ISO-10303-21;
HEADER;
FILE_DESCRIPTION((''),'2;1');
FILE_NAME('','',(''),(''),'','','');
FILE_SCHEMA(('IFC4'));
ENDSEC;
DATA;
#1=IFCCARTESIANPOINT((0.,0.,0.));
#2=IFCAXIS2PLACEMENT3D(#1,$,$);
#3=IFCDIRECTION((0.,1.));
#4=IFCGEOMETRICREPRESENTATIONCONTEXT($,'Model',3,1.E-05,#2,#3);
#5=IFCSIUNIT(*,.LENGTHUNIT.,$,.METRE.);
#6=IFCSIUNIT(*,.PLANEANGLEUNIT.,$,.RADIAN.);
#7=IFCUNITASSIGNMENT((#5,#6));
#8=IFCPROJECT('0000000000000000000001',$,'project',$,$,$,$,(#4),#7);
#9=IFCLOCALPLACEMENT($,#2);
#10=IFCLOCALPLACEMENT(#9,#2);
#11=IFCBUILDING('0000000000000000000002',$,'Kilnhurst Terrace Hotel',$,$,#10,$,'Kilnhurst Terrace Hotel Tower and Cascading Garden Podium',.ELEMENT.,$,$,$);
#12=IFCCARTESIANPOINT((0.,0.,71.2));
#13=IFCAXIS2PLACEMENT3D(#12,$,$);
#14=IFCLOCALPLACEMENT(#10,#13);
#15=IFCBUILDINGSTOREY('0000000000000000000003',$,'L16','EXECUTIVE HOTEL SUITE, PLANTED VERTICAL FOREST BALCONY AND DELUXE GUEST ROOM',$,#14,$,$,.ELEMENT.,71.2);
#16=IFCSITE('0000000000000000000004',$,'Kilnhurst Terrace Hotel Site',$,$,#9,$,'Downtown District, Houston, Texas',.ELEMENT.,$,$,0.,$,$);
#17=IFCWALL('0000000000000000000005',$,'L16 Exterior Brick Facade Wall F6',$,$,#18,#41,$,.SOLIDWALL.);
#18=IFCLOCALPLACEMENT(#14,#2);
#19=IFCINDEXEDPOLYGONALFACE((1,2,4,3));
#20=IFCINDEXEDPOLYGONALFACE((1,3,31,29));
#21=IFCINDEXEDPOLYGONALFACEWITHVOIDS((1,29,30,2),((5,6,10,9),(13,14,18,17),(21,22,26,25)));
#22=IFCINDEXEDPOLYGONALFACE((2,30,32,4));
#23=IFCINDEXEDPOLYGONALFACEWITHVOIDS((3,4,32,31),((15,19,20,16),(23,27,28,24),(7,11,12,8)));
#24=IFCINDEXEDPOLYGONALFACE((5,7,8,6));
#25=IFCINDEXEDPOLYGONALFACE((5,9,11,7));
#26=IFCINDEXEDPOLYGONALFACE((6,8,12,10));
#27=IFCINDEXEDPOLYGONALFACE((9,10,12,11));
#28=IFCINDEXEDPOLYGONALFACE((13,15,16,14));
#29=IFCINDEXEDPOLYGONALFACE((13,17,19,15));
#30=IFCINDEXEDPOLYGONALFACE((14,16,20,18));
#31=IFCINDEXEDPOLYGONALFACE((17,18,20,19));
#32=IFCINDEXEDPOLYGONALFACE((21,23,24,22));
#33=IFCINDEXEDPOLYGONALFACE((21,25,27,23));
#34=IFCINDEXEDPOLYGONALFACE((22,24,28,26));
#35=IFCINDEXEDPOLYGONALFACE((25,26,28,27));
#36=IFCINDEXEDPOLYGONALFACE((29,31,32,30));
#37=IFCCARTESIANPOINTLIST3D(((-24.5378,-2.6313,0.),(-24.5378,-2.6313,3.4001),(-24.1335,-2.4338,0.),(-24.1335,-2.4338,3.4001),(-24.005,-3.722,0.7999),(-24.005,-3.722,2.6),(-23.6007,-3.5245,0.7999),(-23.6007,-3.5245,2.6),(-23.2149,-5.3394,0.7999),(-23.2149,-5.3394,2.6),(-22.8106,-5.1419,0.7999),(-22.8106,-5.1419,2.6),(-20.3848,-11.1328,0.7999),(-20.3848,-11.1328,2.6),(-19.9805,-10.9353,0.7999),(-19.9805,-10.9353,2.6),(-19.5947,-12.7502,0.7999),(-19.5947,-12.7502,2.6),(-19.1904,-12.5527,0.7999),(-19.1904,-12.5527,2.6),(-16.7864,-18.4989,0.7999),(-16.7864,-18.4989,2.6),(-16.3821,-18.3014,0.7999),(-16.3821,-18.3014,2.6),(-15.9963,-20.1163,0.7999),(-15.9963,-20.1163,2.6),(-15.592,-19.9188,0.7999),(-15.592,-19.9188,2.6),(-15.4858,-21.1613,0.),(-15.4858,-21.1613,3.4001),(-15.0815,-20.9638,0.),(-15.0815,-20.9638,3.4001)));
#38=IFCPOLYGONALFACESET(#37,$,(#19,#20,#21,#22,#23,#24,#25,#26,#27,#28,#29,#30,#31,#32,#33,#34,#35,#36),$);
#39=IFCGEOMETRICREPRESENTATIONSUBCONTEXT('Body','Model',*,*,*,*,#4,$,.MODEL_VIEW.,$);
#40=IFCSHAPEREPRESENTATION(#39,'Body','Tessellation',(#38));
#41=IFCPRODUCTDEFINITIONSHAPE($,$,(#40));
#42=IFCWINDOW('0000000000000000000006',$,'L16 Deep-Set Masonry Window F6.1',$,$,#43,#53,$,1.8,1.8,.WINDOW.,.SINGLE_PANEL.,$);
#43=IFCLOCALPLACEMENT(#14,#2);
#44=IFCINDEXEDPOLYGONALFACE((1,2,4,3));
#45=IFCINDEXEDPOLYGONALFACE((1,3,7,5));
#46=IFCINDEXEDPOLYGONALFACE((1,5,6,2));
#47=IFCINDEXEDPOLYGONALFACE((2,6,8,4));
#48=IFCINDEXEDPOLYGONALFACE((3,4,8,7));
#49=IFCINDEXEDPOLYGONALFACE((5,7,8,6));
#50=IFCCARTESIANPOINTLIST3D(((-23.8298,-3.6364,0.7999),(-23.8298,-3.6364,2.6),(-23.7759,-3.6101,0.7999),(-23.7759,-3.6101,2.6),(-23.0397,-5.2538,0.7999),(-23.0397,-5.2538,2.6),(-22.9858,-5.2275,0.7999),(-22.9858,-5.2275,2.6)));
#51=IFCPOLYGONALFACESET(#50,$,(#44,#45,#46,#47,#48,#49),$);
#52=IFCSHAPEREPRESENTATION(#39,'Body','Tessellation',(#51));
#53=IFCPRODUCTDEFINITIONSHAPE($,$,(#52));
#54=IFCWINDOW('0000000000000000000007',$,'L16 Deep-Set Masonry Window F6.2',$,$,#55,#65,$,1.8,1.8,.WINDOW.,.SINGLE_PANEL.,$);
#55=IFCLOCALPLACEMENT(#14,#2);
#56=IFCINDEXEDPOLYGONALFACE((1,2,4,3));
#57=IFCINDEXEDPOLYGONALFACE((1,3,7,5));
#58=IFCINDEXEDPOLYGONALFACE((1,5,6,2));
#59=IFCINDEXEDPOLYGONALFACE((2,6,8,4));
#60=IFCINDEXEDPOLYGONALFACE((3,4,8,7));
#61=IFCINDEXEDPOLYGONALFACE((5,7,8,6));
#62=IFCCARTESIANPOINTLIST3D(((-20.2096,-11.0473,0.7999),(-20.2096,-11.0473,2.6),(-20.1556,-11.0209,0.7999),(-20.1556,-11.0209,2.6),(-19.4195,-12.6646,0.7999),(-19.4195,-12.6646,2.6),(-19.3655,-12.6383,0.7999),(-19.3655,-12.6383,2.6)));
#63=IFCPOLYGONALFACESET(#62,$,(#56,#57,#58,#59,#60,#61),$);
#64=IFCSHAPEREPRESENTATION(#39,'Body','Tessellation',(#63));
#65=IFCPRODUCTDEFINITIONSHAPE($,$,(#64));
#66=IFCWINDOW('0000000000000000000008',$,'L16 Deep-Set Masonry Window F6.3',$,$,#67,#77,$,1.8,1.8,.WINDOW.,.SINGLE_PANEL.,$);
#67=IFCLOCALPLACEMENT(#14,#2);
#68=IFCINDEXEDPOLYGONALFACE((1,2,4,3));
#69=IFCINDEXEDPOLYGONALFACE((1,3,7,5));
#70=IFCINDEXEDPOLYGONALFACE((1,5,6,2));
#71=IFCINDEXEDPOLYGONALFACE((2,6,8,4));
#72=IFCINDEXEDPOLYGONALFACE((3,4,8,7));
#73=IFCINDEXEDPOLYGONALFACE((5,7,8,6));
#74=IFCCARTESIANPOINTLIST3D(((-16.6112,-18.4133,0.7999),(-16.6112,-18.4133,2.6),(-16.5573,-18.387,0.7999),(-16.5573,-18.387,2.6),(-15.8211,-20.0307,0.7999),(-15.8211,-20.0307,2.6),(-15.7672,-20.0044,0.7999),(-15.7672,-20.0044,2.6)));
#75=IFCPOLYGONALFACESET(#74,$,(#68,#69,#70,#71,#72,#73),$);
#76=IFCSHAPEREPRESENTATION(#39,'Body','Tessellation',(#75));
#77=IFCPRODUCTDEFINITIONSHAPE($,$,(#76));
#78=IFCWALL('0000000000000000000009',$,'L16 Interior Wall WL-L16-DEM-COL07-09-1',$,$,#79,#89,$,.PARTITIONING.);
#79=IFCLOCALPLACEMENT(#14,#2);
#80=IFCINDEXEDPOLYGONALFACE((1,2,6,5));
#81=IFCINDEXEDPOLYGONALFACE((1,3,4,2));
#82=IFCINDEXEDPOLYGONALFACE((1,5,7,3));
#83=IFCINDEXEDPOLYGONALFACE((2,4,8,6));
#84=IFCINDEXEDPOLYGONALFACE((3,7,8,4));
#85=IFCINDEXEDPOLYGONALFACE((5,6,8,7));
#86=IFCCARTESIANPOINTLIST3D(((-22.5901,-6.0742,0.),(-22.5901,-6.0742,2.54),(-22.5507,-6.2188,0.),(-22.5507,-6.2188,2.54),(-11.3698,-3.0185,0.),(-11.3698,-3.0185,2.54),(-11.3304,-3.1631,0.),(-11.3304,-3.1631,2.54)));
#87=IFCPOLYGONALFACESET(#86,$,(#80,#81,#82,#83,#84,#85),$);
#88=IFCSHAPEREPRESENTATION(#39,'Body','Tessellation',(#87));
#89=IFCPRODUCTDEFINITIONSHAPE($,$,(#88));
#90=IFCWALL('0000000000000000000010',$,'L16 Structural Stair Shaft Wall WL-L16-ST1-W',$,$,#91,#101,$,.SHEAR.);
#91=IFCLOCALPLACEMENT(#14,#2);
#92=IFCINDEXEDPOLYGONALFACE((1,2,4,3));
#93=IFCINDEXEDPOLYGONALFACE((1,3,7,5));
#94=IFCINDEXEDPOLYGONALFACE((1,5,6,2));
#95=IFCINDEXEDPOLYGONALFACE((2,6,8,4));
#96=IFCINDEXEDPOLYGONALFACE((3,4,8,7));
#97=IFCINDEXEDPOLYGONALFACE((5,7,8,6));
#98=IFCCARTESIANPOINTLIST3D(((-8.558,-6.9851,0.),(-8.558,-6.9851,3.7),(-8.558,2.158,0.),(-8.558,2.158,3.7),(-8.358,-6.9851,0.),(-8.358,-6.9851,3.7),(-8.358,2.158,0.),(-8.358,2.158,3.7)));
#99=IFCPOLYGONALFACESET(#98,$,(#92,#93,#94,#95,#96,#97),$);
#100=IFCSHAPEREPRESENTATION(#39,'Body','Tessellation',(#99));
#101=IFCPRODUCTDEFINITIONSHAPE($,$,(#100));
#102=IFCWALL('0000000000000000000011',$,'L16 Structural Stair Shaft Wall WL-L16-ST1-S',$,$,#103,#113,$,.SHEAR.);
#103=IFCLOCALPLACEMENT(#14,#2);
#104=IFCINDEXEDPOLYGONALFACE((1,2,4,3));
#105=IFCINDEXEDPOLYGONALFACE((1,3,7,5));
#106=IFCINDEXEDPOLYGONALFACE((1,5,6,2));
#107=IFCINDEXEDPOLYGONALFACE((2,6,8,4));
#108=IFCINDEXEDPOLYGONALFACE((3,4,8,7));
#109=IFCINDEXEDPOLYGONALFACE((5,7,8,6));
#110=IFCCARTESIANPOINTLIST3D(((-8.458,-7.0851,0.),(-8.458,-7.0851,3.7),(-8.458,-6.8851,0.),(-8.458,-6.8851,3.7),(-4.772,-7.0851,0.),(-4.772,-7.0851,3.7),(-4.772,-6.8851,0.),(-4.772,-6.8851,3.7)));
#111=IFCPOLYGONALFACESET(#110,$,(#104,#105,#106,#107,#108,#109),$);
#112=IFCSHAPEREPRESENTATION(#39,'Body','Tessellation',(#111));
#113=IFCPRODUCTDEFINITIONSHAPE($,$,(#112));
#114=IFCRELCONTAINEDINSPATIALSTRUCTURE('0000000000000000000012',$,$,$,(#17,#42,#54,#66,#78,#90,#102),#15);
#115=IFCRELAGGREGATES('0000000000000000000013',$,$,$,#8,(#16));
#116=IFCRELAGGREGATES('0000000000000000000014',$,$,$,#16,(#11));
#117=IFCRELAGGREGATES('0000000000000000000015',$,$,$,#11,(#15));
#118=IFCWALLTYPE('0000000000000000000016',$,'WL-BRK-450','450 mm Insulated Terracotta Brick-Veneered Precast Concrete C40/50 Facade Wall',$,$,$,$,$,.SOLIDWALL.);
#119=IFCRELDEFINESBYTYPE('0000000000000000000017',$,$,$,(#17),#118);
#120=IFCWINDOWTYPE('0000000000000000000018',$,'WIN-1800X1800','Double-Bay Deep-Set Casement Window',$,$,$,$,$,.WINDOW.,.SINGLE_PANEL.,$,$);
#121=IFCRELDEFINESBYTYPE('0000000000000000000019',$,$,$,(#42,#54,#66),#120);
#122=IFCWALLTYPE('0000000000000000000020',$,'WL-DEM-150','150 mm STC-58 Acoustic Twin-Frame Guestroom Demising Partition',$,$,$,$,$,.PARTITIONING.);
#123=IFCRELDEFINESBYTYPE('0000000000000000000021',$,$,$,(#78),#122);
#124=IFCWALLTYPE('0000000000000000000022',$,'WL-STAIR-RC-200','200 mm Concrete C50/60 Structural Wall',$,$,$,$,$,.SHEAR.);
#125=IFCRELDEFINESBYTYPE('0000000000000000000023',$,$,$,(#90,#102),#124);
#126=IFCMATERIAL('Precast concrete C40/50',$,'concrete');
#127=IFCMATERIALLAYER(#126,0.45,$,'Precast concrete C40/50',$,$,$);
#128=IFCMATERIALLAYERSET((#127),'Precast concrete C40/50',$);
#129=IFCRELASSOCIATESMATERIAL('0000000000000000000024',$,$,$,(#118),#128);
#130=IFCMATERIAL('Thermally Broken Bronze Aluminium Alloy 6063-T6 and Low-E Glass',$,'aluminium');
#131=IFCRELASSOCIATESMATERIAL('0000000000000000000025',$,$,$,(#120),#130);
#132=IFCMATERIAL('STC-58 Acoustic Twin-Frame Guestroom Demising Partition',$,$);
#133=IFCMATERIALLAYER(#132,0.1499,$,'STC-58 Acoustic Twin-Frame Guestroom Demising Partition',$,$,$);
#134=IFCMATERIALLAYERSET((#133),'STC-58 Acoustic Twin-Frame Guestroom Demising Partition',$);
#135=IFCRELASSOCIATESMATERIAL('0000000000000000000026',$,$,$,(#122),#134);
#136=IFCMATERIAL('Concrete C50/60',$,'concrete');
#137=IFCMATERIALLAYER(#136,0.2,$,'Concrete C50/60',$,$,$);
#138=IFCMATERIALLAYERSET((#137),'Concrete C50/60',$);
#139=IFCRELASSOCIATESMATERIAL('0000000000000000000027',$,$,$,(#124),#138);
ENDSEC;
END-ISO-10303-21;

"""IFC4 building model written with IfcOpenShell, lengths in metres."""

from ifc_helpers import new_model, si_unit, direction, frame, frame_2d, origin, place, context, subcontext, project, spatial, rectangle, extrude, material, layer, layer_set, type_object, element, fill, save


model = new_model("IFC4")

# Units and contexts
model_context = context("Model", 3, precision=1e-05, world=origin(), true_north=direction((0.0, 1.0)))
body_context = subcontext(model_context, "Body", "Model", "MODEL_VIEW")
ifc_project = project(units=[si_unit("LENGTHUNIT", "METRE"), si_unit("PLANEANGLEUNIT", "RADIAN")], contexts=[model_context])

# Site, building, storey
site_placement = place(None, origin())
site = spatial("IfcSite", under=ifc_project, at=site_placement, Name="Kilnhurst Terrace Hotel Site", LongName="Downtown District, Houston, Texas", CompositionType="ELEMENT", RefElevation=0.0)
building_placement = place(site_placement, origin())
building = spatial("IfcBuilding", under=site, at=building_placement, Name="Kilnhurst Terrace Hotel", LongName="Kilnhurst Terrace Hotel Tower and Cascading Garden Podium", CompositionType="ELEMENT")
storey_placement = place(building_placement, frame((0.0, 0.0, 71.2)))
storey = spatial("IfcBuildingStorey", under=building, at=storey_placement, Name="L16", Description="EXECUTIVE HOTEL SUITE, PLANTED VERTICAL FOREST BALCONY AND DELUXE GUEST ROOM", CompositionType="ELEMENT", Elevation=71.2)

# Shared definitions
ifc_material_1 = material(Name="Concrete C50/60", Category="concrete")

# Shared definitions
ifc_material_2 = material(Name="Precast concrete C40/50", Category="concrete")
ifc_layer_1 = layer(ifc_material_2, 0.45, Name="Precast concrete C40/50")
ifc_layer_set_1 = layer_set([ifc_layer_1], Name="Precast concrete C40/50")
wall_type_1 = type_object("IfcWallType", Name="WL-BRK-450", Description="450 mm Insulated Terracotta Brick-Veneered Precast Concrete C40/50 Facade Wall", PredefinedType="SOLIDWALL", material=ifc_layer_set_1)

# Wall, openings, windows
wall_1_placement = place(storey_placement, frame((-24.3357, -2.5325, 0.0), z_axis=(0.0, 0.0, 1.0), x_axis=(0.438931, -0.898521, 0.0)))
wall_1 = element("IfcWall", 1, at=wall_1_placement, inside=storey, type_object=wall_type_1, Name="L16 Exterior Brick Facade Wall F6", PredefinedType="SOLIDWALL", context=body_context, shape_type="SweptSolid", body=[
    extrude(rectangle(XDim=20.6228, YDim=0.45, at=frame_2d((10.3115, 0.0))), origin(), (0.0, 0.0, 1.0), 3.4001),
])
opening_1_placement = place(wall_1_placement, frame((1.2141, 0.0, 0.8)))
opening_1 = element("IfcOpeningElement", 2, at=opening_1_placement, cuts=wall_1, PredefinedType="OPENING", context=body_context, shape_type="SweptSolid", body=[
    extrude(rectangle(XDim=1.8, YDim=1.8, at=frame_2d((0.8999, 0.8999))), frame((0.0, 0.2349, 0.0), z_axis=(0.0, -1.0, 0.0), x_axis=(1.0, 0.0, 0.0)), (0.0, 0.0, 1.0), 0.47),
])
opening_2_placement = place(wall_1_placement, frame((9.4619, 0.0, 0.8)))
opening_2 = element("IfcOpeningElement", 3, at=opening_2_placement, cuts=wall_1, PredefinedType="OPENING", context=body_context, shape_type="SweptSolid", body=[
    extrude(rectangle(XDim=1.8, YDim=1.8, at=frame_2d((0.8999, 0.8999))), frame((0.0, 0.2349, 0.0), z_axis=(0.0, -1.0, 0.0), x_axis=(1.0, 0.0, 0.0)), (0.0, 0.0, 1.0), 0.47),
])
opening_3_placement = place(wall_1_placement, frame((17.6599, 0.0, 0.8)))
opening_3 = element("IfcOpeningElement", 4, at=opening_3_placement, cuts=wall_1, PredefinedType="OPENING", context=body_context, shape_type="SweptSolid", body=[
    extrude(rectangle(XDim=1.8, YDim=1.8, at=frame_2d((0.8999, 0.8999))), frame((0.0, 0.2349, 0.0), z_axis=(0.0, -1.0, 0.0), x_axis=(1.0, 0.0, 0.0)), (0.0, 0.0, 1.0), 0.47),
])
ifc_material_3 = material(Name="Thermally Broken Bronze Aluminium Alloy 6063-T6 and Low-E Glass", Category="aluminium")
window_type = type_object("IfcWindowType", Name="WIN-1800X1800", Description="Double-Bay Deep-Set Casement Window", PartitioningType="SINGLE_PANEL", PredefinedType="WINDOW", material=ifc_material_3)
window_1_placement = place(opening_1_placement, origin())
window_1 = element("IfcWindow", 5, at=window_1_placement, inside=storey, type_object=window_type, Name="L16 Deep-Set Masonry Window F6.1", OverallHeight=1.8, OverallWidth=1.8, PartitioningType="SINGLE_PANEL", PredefinedType="WINDOW", context=body_context, shape_type="SweptSolid", body=[
    extrude(rectangle(XDim=1.8, YDim=1.8, at=frame_2d((0.8999, 0.8999))), frame((0.0, 0.03, 0.0), z_axis=(0.0, -1.0, 0.0), x_axis=(1.0, 0.0, 0.0)), (0.0, 0.0, 1.0), 0.0601),
])
fill(opening_1, window_1)
window_2_placement = place(opening_2_placement, origin())
window_2 = element("IfcWindow", 6, at=window_2_placement, inside=storey, type_object=window_type, Name="L16 Deep-Set Masonry Window F6.2", OverallHeight=1.8, OverallWidth=1.8, PartitioningType="SINGLE_PANEL", PredefinedType="WINDOW", context=body_context, shape_type="SweptSolid", body=[
    extrude(rectangle(XDim=1.8, YDim=1.8, at=frame_2d((0.8999, 0.8999))), frame((0.0, 0.03, 0.0), z_axis=(0.0, -1.0, 0.0), x_axis=(1.0, 0.0, 0.0)), (0.0, 0.0, 1.0), 0.0601),
])
fill(opening_2, window_2)
window_3_placement = place(opening_3_placement, origin())
window_3 = element("IfcWindow", 7, at=window_3_placement, inside=storey, type_object=window_type, Name="L16 Deep-Set Masonry Window F6.3", OverallHeight=1.8, OverallWidth=1.8, PartitioningType="SINGLE_PANEL", PredefinedType="WINDOW", context=body_context, shape_type="SweptSolid", body=[
    extrude(rectangle(XDim=1.8, YDim=1.8, at=frame_2d((0.8999, 0.8999))), frame((0.0, 0.03, 0.0), z_axis=(0.0, -1.0, 0.0), x_axis=(1.0, 0.0, 0.0)), (0.0, 0.0, 1.0), 0.0601),
])
fill(opening_3, window_3)

# Walls
ifc_material_4 = material(Name="STC-58 Acoustic Twin-Frame Guestroom Demising Partition")
ifc_layer_2 = layer(ifc_material_4, 0.1499, Name="STC-58 Acoustic Twin-Frame Guestroom Demising Partition")
ifc_layer_set_2 = layer_set([ifc_layer_2], Name="STC-58 Acoustic Twin-Frame Guestroom Demising Partition")
wall_type_2 = type_object("IfcWallType", Name="WL-DEM-150", Description="150 mm STC-58 Acoustic Twin-Frame Guestroom Demising Partition", PredefinedType="PARTITIONING", material=ifc_layer_set_2)
wall_2_placement = place(storey_placement, frame((-11.3501, -3.0908, 0.0), z_axis=(0.0, 0.0, 1.0), x_axis=(-0.96486, -0.262766, 0.0)))
element("IfcWall", 8, at=wall_2_placement, inside=storey, type_object=wall_type_2, Name="L16 Interior Wall WL-L16-DEM-COL07-09-1", PredefinedType="PARTITIONING", context=body_context, shape_type="SweptSolid", body=[
    extrude(rectangle(XDim=11.6289, YDim=0.1499, at=frame_2d((5.8145, 0.0))), origin(), (0.0, 0.0, 1.0), 2.54),
])
ifc_layer_3 = layer(ifc_material_1, 0.2, Name="Concrete C50/60")
ifc_layer_set_3 = layer_set([ifc_layer_3], Name="Concrete C50/60")
wall_type_3 = type_object("IfcWallType", Name="WL-STAIR-RC-200", Description="200 mm Concrete C50/60 Structural Wall", PredefinedType="SHEAR", material=ifc_layer_set_3)
wall_3_placement = place(storey_placement, frame((-8.458, -6.9851, 0.0), z_axis=(0.0, 0.0, 1.0), x_axis=(0.0, 1.0, 0.0)))
element("IfcWall", 9, at=wall_3_placement, inside=storey, type_object=wall_type_3, Name="L16 Structural Stair Shaft Wall WL-L16-ST1-W", PredefinedType="SHEAR", context=body_context, shape_type="SweptSolid", body=[
    extrude(rectangle(XDim=9.1431, YDim=0.2, at=frame_2d((4.5715, 0.0))), origin(), (0.0, 0.0, 1.0), 3.7),
])
wall_4_placement = place(storey_placement, frame((-8.458, -6.9851, 0.0), z_axis=(0.0, 0.0, 1.0), x_axis=(1.0, 0.0, 0.0)))
element("IfcWall", 10, at=wall_4_placement, inside=storey, type_object=wall_type_3, Name="L16 Structural Stair Shaft Wall WL-L16-ST1-S", PredefinedType="SHEAR", context=body_context, shape_type="SweptSolid", body=[
    extrude(rectangle(XDim=3.686, YDim=0.2, at=frame_2d((1.843, 0.0))), origin(), (0.0, 0.0, 1.0), 3.7),
])

save(model, "model.ifc")
